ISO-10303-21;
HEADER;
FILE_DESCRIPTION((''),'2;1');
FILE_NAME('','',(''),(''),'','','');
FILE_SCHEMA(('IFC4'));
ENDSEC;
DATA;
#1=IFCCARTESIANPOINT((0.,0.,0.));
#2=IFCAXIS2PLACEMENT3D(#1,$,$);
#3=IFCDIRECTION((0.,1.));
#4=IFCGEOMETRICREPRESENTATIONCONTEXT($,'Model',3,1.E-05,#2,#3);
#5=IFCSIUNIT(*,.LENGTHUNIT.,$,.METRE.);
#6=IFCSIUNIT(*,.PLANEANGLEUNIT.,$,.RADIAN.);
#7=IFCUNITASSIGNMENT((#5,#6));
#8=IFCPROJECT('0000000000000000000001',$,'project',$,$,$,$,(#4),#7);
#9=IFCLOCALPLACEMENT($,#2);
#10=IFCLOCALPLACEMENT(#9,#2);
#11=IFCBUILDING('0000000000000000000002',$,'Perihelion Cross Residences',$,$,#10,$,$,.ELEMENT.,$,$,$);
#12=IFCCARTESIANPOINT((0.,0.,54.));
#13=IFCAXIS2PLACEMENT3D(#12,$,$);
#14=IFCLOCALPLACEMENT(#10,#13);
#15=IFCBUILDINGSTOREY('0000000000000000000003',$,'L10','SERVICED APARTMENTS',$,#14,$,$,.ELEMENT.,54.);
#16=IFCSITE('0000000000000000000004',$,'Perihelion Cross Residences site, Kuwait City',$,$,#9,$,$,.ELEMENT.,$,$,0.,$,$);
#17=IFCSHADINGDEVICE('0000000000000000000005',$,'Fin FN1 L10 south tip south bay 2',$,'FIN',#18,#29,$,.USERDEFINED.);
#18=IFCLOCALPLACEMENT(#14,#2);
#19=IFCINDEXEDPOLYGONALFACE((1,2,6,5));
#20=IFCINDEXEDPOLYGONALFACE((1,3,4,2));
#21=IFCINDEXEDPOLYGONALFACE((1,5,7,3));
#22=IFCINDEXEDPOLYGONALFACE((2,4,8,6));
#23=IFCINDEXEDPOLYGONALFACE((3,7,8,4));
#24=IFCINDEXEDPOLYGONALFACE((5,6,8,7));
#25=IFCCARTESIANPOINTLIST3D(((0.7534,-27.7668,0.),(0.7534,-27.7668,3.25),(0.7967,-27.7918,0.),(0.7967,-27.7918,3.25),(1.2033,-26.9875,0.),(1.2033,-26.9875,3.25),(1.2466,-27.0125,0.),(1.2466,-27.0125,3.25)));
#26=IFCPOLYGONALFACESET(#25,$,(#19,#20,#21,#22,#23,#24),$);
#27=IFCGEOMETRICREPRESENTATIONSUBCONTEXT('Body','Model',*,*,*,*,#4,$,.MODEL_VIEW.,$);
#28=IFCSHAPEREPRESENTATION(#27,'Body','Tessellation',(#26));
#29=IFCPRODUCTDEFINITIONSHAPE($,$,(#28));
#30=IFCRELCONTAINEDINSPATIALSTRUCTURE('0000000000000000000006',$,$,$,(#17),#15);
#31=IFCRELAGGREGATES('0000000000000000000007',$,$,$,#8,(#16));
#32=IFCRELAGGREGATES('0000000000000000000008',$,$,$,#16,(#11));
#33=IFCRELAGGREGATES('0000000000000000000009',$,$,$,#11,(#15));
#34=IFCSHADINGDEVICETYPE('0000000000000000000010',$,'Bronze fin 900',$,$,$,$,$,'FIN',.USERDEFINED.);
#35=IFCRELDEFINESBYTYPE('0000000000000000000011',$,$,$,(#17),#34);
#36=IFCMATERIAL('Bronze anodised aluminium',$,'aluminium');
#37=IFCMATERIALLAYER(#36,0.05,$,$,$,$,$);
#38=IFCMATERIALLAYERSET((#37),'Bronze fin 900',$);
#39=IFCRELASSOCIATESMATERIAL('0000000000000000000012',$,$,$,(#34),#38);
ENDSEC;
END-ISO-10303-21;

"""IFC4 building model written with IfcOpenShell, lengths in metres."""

from ifc_helpers import new_model, si_unit, direction, frame, origin, origin_2d, place, context, subcontext, project, spatial, rectangle, extrude, material, layer, layer_set, type_object, element, save


model = new_model("IFC4")

# Units and contexts
model_context = context("Model", 3, precision=1e-05, world=origin(), true_north=direction((0.0, 1.0)))
body_context = subcontext(model_context, "Body", "Model", "MODEL_VIEW")
ifc_project = project(units=[si_unit("LENGTHUNIT", "METRE"), si_unit("PLANEANGLEUNIT", "RADIAN")], contexts=[model_context])

# Site, building, storey
site_placement = place(None, origin())
site = spatial("IfcSite", under=ifc_project, at=site_placement, Name="Perihelion Cross Residences site, Kuwait City", CompositionType="ELEMENT", RefElevation=0.0)
building_placement = place(site_placement, origin())
building = spatial("IfcBuilding", under=site, at=building_placement, Name="Perihelion Cross Residences", CompositionType="ELEMENT")
storey_placement = place(building_placement, frame((0.0, 0.0, 54.0)))
storey = spatial("IfcBuildingStorey", under=building, at=storey_placement, Name="L10", Description="SERVICED APARTMENTS", CompositionType="ELEMENT", Elevation=54.0)

# Shading device
ifc_material_1 = material(Name="Bronze anodised aluminium", Category="aluminium")
ifc_layer_1 = layer(ifc_material_1, 0.05)
ifc_layer_set_1 = layer_set([ifc_layer_1], Name="Bronze fin 900")
shading_device_type = type_object("IfcShadingDeviceType", Name="Bronze fin 900", ElementType="FIN", PredefinedType="USERDEFINED", material=ifc_layer_set_1)
shading_device_placement = place(storey_placement, frame((1.0, -27.3896, 0.0), z_axis=(0.0, 0.0, 1.0), x_axis=(-0.5, -0.866025, 0.0)))
element("IfcShadingDevice", 1, at=shading_device_placement, inside=storey, type_object=shading_device_type, Name="Fin FN1 L10 south tip south bay 2", ObjectType="FIN", PredefinedType="USERDEFINED", context=body_context, shape_type="SweptSolid", body=[
    extrude(rectangle(XDim=0.8999, YDim=0.05, at=origin_2d()), origin(), (0.0, 0.0, 1.0), 3.25),
])

save(model, "model.ifc")
